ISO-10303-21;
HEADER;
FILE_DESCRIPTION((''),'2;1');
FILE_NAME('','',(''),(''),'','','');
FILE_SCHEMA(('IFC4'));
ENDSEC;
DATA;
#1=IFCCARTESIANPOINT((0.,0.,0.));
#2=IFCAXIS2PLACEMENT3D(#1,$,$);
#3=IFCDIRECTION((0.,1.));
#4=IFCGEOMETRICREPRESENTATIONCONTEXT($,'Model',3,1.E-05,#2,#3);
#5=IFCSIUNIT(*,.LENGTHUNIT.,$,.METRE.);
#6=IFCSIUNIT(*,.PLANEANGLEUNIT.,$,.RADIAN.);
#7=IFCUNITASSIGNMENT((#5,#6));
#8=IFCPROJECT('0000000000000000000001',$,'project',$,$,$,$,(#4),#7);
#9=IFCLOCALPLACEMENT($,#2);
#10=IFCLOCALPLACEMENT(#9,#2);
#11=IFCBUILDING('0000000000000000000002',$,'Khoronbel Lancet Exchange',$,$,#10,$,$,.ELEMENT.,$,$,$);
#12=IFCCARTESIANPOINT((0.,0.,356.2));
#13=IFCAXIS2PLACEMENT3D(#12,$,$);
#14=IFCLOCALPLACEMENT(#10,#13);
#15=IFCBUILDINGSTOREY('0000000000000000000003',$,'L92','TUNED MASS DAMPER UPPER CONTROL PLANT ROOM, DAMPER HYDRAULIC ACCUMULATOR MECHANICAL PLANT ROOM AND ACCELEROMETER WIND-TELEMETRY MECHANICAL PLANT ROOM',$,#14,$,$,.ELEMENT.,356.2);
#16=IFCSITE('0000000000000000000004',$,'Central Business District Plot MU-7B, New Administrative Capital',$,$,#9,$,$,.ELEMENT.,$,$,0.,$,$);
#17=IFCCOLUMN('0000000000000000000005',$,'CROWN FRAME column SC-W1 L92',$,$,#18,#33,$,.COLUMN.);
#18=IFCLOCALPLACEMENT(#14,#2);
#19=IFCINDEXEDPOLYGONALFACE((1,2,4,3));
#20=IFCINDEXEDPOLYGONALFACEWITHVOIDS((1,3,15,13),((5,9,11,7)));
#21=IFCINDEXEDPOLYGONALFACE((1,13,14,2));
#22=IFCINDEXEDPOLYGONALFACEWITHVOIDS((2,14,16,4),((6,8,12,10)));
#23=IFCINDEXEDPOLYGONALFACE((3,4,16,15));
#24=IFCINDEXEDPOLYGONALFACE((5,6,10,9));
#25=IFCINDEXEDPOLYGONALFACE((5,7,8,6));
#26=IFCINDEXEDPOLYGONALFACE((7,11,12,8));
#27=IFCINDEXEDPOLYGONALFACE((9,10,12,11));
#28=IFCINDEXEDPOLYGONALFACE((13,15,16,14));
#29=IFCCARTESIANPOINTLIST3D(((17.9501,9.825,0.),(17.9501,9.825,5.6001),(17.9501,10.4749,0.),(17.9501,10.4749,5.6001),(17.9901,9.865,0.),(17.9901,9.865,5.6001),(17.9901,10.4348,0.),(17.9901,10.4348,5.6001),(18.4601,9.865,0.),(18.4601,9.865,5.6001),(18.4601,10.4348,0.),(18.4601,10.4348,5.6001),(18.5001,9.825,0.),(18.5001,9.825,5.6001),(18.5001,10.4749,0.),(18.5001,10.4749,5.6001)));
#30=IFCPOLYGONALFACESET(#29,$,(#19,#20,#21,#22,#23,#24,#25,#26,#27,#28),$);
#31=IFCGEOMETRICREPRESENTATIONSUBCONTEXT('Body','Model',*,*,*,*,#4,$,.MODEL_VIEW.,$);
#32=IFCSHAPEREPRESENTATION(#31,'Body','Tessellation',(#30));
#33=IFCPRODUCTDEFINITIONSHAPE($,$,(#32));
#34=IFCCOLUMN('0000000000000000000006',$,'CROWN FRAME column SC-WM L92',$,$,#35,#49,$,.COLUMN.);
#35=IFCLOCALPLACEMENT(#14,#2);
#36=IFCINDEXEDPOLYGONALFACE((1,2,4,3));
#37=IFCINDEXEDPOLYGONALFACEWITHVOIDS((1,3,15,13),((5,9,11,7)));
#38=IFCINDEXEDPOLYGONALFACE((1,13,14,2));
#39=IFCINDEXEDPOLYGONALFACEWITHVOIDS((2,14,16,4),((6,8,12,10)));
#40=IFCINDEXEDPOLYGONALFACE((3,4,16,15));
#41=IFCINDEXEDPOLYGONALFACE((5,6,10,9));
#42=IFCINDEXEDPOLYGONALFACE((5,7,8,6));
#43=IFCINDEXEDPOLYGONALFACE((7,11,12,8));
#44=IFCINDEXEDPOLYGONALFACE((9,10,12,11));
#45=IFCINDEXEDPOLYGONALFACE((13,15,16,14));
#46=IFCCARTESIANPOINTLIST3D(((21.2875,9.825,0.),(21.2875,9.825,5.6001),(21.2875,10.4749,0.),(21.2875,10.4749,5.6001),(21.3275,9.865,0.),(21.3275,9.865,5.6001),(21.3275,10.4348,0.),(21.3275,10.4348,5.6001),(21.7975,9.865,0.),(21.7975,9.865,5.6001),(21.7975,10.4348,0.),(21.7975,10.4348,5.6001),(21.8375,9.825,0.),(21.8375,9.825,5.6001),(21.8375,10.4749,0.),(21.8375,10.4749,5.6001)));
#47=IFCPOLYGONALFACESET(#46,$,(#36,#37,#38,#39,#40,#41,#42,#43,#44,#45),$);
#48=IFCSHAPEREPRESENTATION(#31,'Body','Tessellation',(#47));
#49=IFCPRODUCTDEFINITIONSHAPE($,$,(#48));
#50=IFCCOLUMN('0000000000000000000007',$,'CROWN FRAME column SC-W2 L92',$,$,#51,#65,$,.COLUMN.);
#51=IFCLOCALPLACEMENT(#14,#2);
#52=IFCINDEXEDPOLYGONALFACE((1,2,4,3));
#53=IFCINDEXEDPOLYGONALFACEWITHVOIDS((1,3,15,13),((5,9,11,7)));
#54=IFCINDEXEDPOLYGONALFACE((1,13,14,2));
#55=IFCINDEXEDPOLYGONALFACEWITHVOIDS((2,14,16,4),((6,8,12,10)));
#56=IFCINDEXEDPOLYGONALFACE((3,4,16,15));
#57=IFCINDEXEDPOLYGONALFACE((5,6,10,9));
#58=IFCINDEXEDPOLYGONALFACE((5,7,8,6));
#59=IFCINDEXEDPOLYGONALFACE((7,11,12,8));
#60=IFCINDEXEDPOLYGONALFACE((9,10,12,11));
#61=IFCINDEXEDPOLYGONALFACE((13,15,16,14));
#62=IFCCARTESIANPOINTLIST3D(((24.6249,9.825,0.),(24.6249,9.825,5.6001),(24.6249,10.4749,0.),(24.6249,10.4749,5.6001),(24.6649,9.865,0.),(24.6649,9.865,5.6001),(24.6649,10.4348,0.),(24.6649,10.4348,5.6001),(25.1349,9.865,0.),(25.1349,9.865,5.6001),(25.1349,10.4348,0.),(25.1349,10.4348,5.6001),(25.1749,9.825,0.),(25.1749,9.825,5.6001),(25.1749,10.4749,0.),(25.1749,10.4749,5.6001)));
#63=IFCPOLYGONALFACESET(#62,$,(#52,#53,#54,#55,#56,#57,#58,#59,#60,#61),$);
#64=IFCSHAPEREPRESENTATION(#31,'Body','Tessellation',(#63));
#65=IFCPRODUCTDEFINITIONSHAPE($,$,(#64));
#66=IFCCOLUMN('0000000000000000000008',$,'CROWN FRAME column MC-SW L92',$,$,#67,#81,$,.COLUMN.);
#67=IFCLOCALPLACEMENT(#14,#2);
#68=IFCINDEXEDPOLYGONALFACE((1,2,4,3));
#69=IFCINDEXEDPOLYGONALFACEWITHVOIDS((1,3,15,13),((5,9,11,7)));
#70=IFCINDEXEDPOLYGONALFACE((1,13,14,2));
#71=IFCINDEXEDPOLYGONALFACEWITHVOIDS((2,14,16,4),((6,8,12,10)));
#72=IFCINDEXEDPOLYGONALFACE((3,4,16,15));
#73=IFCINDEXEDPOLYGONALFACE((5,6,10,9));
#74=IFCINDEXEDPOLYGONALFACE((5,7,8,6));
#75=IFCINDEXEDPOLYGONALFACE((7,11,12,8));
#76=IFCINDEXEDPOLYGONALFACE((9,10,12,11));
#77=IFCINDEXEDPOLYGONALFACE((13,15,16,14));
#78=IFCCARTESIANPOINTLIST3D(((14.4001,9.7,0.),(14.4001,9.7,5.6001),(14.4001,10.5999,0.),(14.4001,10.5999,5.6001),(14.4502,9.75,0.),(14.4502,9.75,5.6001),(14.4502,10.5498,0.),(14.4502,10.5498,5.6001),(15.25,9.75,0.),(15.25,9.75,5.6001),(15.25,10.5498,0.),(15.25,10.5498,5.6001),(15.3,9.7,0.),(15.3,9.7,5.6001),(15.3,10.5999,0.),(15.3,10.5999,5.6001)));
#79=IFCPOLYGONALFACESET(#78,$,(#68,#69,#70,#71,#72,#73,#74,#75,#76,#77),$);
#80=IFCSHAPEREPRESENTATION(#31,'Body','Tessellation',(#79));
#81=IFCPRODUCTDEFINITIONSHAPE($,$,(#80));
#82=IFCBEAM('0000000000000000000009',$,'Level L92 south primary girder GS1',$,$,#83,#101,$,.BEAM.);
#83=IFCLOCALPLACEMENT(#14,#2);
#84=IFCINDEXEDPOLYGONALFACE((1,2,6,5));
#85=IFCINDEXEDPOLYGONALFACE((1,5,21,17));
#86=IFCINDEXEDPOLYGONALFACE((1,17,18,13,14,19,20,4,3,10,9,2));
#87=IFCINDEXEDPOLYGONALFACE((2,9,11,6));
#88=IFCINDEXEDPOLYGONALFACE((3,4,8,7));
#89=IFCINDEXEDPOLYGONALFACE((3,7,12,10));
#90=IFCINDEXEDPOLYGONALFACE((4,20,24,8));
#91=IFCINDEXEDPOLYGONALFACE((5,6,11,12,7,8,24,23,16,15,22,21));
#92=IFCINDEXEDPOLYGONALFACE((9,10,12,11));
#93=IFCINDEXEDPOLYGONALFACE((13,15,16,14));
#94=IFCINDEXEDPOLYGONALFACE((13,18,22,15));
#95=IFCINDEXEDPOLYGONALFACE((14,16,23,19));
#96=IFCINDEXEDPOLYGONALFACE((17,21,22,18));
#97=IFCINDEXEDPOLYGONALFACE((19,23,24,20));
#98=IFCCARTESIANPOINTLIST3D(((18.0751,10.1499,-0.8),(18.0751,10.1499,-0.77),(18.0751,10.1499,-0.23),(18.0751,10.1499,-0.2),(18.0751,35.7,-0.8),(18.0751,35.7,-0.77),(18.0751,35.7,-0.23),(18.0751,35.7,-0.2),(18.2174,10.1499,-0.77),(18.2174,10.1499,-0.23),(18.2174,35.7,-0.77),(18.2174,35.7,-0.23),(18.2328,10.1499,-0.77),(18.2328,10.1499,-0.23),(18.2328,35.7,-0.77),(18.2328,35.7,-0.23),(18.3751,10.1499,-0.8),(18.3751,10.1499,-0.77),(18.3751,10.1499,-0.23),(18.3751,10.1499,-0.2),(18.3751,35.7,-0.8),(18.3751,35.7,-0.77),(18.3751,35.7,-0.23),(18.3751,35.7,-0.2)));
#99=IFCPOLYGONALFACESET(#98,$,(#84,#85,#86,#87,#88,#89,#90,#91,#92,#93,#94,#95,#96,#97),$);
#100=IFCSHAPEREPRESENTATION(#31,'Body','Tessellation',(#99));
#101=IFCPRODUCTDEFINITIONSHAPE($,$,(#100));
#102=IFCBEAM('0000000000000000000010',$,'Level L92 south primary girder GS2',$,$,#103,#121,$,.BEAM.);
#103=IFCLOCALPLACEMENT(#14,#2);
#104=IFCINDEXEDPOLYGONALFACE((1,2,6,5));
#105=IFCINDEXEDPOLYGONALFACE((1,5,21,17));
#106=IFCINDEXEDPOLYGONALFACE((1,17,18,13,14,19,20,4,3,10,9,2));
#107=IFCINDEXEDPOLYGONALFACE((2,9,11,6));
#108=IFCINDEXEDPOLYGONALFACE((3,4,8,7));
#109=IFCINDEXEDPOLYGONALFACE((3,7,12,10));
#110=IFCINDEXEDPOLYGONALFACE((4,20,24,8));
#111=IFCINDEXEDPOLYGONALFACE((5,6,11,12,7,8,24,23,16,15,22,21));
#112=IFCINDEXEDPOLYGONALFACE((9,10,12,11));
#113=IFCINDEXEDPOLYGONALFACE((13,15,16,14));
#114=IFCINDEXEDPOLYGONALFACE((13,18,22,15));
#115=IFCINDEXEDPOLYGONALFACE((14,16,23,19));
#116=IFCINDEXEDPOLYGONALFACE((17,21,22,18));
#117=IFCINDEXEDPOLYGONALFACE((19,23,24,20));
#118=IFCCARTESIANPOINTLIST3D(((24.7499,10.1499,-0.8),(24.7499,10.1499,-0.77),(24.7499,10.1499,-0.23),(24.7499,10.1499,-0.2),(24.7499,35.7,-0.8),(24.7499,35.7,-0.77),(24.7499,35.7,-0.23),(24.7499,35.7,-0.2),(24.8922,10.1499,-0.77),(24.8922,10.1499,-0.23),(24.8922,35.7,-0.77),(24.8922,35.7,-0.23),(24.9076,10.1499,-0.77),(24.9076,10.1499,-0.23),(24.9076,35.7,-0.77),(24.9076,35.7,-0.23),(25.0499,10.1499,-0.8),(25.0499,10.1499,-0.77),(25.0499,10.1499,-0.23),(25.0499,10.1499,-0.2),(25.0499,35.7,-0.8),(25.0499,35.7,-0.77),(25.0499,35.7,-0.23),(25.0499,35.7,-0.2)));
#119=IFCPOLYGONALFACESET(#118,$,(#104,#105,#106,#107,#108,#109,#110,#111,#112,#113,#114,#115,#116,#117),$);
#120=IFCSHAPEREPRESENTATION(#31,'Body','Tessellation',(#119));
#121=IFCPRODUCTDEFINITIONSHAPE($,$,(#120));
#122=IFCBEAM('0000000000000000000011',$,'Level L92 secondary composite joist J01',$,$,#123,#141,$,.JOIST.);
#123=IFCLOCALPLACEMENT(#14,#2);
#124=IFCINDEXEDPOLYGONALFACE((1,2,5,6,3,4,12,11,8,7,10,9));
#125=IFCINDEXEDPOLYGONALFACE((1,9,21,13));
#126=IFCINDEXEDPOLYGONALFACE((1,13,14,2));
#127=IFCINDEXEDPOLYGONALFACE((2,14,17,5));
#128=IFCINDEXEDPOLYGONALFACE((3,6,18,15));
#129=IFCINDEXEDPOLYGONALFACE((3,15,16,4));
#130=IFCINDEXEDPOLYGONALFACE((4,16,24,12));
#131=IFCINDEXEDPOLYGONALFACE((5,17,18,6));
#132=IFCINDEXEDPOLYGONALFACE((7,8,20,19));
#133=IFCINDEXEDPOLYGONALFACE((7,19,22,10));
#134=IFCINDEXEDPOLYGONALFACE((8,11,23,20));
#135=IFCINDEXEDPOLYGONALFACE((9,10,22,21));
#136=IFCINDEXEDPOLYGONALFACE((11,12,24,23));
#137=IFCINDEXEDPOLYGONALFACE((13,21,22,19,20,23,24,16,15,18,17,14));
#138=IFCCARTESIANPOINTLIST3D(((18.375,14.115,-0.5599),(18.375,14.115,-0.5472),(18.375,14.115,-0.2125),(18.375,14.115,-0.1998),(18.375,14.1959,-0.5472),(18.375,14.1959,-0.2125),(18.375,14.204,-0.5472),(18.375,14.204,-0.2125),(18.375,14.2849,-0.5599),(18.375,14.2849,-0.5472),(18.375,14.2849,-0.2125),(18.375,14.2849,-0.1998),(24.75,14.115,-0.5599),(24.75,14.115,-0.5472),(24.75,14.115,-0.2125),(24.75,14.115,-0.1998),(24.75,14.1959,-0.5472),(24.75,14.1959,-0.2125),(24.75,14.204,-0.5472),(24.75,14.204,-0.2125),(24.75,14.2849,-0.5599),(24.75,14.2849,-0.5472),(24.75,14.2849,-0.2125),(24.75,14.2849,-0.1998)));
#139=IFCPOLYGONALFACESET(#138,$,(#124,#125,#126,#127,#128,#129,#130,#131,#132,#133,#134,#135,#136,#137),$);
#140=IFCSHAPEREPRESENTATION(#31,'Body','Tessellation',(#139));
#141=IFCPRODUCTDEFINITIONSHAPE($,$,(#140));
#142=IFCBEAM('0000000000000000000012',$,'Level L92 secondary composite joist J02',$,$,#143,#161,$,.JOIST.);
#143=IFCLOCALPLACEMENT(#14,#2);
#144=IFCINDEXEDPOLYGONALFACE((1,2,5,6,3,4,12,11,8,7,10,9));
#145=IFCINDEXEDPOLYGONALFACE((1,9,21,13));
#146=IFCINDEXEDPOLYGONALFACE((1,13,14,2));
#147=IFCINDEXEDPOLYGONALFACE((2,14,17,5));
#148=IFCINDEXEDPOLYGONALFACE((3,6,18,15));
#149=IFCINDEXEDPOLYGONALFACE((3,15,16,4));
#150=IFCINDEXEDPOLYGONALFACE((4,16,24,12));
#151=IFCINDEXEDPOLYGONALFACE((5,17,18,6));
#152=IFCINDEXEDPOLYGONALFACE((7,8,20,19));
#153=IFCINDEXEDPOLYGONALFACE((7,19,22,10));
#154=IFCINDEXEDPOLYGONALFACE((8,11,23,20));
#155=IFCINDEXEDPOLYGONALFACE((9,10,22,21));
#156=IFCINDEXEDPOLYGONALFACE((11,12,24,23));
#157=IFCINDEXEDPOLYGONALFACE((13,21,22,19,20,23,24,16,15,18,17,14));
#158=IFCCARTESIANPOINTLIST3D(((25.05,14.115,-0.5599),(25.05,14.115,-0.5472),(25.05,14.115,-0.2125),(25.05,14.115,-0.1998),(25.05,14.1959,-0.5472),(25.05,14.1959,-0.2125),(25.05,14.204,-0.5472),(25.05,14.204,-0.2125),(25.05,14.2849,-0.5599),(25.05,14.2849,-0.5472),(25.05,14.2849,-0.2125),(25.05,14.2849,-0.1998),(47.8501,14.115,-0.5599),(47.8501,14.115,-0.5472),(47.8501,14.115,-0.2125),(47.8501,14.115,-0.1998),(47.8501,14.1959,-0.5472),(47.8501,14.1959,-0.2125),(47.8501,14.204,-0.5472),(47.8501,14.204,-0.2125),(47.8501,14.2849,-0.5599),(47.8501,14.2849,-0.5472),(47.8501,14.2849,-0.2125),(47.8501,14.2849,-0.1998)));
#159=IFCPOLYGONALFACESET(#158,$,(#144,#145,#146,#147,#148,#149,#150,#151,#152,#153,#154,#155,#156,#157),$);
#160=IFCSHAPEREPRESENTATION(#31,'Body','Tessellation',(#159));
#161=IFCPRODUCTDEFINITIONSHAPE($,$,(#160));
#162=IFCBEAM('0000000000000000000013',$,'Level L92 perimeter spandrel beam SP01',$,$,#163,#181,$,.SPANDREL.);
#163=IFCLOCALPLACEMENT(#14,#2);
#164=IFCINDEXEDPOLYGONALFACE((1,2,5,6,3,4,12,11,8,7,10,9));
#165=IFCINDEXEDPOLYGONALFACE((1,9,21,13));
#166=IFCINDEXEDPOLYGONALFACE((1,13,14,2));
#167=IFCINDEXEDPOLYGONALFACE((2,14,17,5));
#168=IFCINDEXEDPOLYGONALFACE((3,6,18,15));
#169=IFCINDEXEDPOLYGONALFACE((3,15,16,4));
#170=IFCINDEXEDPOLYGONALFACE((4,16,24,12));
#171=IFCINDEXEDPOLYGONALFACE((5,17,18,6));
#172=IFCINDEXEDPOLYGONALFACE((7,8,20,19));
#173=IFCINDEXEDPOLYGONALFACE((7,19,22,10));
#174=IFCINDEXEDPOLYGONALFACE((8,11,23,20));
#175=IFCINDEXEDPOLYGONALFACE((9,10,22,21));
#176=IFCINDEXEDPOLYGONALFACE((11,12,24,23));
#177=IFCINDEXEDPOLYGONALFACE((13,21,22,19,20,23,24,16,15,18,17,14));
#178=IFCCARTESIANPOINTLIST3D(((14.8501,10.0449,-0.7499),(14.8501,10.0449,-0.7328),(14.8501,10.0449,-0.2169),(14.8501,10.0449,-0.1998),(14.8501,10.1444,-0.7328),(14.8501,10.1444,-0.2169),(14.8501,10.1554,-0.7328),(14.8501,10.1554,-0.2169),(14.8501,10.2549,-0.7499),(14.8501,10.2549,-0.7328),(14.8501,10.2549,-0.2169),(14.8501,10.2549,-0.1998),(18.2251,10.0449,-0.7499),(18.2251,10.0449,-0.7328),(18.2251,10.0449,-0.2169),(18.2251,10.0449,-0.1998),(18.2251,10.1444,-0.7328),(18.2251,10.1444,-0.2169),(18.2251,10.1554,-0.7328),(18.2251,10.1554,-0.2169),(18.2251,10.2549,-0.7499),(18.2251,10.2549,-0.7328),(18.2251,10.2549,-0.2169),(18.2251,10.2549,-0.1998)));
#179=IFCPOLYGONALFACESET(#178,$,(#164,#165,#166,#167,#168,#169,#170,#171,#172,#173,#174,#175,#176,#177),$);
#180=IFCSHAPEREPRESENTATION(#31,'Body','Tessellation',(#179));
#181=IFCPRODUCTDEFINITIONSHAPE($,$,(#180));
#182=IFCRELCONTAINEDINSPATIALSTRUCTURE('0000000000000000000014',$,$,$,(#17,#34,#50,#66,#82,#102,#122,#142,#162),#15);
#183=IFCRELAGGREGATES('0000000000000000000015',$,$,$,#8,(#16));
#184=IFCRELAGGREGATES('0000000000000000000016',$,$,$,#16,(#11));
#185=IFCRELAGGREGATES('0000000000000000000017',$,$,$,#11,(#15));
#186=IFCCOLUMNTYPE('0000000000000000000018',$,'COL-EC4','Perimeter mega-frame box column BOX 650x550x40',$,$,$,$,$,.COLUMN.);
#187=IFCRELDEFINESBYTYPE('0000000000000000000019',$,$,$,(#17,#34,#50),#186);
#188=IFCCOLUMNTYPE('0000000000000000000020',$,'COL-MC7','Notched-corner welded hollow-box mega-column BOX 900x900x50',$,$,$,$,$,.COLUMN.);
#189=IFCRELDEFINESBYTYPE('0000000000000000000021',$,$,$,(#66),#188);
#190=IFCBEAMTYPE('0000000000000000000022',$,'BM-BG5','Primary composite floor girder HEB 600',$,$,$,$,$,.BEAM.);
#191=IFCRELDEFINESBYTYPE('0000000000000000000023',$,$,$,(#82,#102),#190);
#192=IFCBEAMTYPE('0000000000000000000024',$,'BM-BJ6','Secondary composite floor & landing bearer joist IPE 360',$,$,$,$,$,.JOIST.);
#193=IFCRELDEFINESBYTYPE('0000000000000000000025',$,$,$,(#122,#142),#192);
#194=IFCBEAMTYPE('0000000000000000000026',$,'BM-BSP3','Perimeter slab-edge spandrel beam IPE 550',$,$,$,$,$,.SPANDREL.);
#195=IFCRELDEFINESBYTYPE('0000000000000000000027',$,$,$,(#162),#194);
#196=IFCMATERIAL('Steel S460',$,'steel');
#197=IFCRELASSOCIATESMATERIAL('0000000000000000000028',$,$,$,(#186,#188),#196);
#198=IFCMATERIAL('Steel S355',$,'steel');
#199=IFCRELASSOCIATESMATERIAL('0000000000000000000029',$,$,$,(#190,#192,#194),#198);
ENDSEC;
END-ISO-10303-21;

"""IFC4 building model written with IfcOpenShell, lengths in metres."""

from ifc_helpers import new_model, si_unit, direction, frame, origin, origin_2d, place, context, subcontext, project, spatial, hollow_rectangle, i_section, extrude, material, material_profile, profile_set, type_object, element, save


model = new_model("IFC4")

# Units and contexts
model_context = context("Model", 3, precision=1e-05, world=origin(), true_north=direction((0.0, 1.0)))
body_context = subcontext(model_context, "Body", "Model", "MODEL_VIEW")
ifc_project = project(units=[si_unit("LENGTHUNIT", "METRE"), si_unit("PLANEANGLEUNIT", "RADIAN")], contexts=[model_context])

# Site, building, storey
site_placement = place(None, origin())
site = spatial("IfcSite", under=ifc_project, at=site_placement, Name="Central Business District Plot MU-7B, New Administrative Capital", CompositionType="ELEMENT", RefElevation=0.0)
building_placement = place(site_placement, origin())
building = spatial("IfcBuilding", under=site, at=building_placement, Name="Khoronbel Lancet Exchange", CompositionType="ELEMENT")
storey_placement = place(building_placement, frame((0.0, 0.0, 356.2)))
storey = spatial("IfcBuildingStorey", under=building, at=storey_placement, Name="L92", Description="TUNED MASS DAMPER UPPER CONTROL PLANT ROOM, DAMPER HYDRAULIC ACCUMULATOR MECHANICAL PLANT ROOM AND ACCELEROMETER WIND-TELEMETRY MECHANICAL PLANT ROOM", CompositionType="ELEMENT", Elevation=356.2)

# Columns
ifc_material_1 = material(Name="Steel S460", Category="steel")
ifc_material_profile_1 = material_profile(ifc_material_1, hollow_rectangle(XDim=0.55, YDim=0.6499, WallThickness=0.04, at=origin_2d()), Name="BOX 650x550x40")
ifc_profile_set_1 = profile_set([ifc_material_profile_1], Name="Steel S460")
column_type_1 = type_object("IfcColumnType", Name="COL-EC4", Description="Perimeter mega-frame box column BOX 650x550x40", PredefinedType="COLUMN", material=ifc_profile_set_1)
for number, where, z_axis, x_axis, name in (
    (1, (18.2251, 10.1499, 0.0), (0.0, 0.0, 1.0), (1.0, 0.0, 0.0), "CROWN FRAME column SC-W1 L92"),
    (2, (21.5625, 10.1499, 0.0), (0.0, 0.0, 1.0), (1.0, 0.0, 0.0), "CROWN FRAME column SC-WM L92"),
    (3, (24.8999, 10.1499, 0.0), (0.0, 0.0, 1.0), (1.0, 0.0, 0.0), "CROWN FRAME column SC-W2 L92"),
):
    element("IfcColumn", number, at=place(storey_placement, frame(where, z_axis=z_axis, x_axis=x_axis)), inside=storey, type_object=column_type_1, Name=name, PredefinedType="COLUMN", context=body_context, shape_type="SweptSolid", body=[
        extrude(hollow_rectangle(XDim=0.55, YDim=0.6499, WallThickness=0.04, at=origin_2d()), origin(), (0.0, 0.0, 1.0), 5.6001),
    ])
ifc_material_profile_2 = material_profile(ifc_material_1, hollow_rectangle(XDim=0.8999, YDim=0.8999, WallThickness=0.05, at=origin_2d()), Name="BOX 900x900x50")
ifc_profile_set_2 = profile_set([ifc_material_profile_2], Name="Steel S460")
column_type_2 = type_object("IfcColumnType", Name="COL-MC7", Description="Notched-corner welded hollow-box mega-column BOX 900x900x50", PredefinedType="COLUMN", material=ifc_profile_set_2)
column_placement = place(storey_placement, frame((14.8501, 10.1499, 0.0), z_axis=(0.0, 0.0, 1.0), x_axis=(1.0, 0.0, 0.0)))
element("IfcColumn", 4, at=column_placement, inside=storey, type_object=column_type_2, Name="CROWN FRAME column MC-SW L92", PredefinedType="COLUMN", context=body_context, shape_type="SweptSolid", body=[
    extrude(hollow_rectangle(XDim=0.8999, YDim=0.8999, WallThickness=0.05, at=origin_2d()), origin(), (0.0, 0.0, 1.0), 5.6001),
])

# Beams
ifc_material_2 = material(Name="Steel S355", Category="steel")
ifc_material_profile_3 = material_profile(ifc_material_2, i_section(OverallWidth=0.3, OverallDepth=0.6001, WebThickness=0.0154, FlangeThickness=0.03, at=origin_2d()), Name="HEB 600")
ifc_profile_set_3 = profile_set([ifc_material_profile_3], Name="Steel S355")
beam_type_1 = type_object("IfcBeamType", Name="BM-BG5", Description="Primary composite floor girder HEB 600", PredefinedType="BEAM", material=ifc_profile_set_3)
for number, where, z_axis, x_axis, name in (
    (5, (18.2251, 10.1499, -0.5), (0.0, 1.0, 0.0), (-1.0, 0.0, 0.0), "Level L92 south primary girder GS1"),
    (6, (24.8999, 10.1499, -0.5), (0.0, 1.0, 0.0), (-1.0, 0.0, 0.0), "Level L92 south primary girder GS2"),
):
    element("IfcBeam", number, at=place(storey_placement, frame(where, z_axis=z_axis, x_axis=x_axis)), inside=storey, type_object=beam_type_1, Name=name, PredefinedType="BEAM", context=body_context, shape_type="SweptSolid", body=[
        extrude(i_section(OverallWidth=0.3, OverallDepth=0.6001, WebThickness=0.0154, FlangeThickness=0.03, at=origin_2d()), origin(), (0.0, 0.0, 1.0), 25.55),
    ])
ifc_material_profile_4 = material_profile(ifc_material_2, i_section(OverallWidth=0.1699, OverallDepth=0.3601, WebThickness=0.0081, FlangeThickness=0.0127, at=origin_2d()), Name="IPE 360")
ifc_profile_set_4 = profile_set([ifc_material_profile_4], Name="Steel S355")
beam_type_2 = type_object("IfcBeamType", Name="BM-BJ6", Description="Secondary composite floor & landing bearer joist IPE 360", PredefinedType="JOIST", material=ifc_profile_set_4)
beam_1_placement = place(storey_placement, frame((18.375, 14.2, -0.3799), z_axis=(1.0, 0.0, 0.0), x_axis=(0.0, 1.0, 0.0)))
element("IfcBeam", 7, at=beam_1_placement, inside=storey, type_object=beam_type_2, Name="Level L92 secondary composite joist J01", PredefinedType="JOIST", context=body_context, shape_type="SweptSolid", body=[
    extrude(i_section(OverallWidth=0.1699, OverallDepth=0.3601, WebThickness=0.0081, FlangeThickness=0.0127, at=origin_2d()), origin(), (0.0, 0.0, 1.0), 6.375),
])
beam_2_placement = place(storey_placement, frame((25.05, 14.2, -0.3799), z_axis=(1.0, 0.0, 0.0), x_axis=(0.0, 1.0, 0.0)))
element("IfcBeam", 8, at=beam_2_placement, inside=storey, type_object=beam_type_2, Name="Level L92 secondary composite joist J02", PredefinedType="JOIST", context=body_context, shape_type="SweptSolid", body=[
    extrude(i_section(OverallWidth=0.1699, OverallDepth=0.3601, WebThickness=0.0081, FlangeThickness=0.0127, at=origin_2d()), origin(), (0.0, 0.0, 1.0), 22.8),
])
ifc_material_profile_5 = material_profile(ifc_material_2, i_section(OverallWidth=0.21, OverallDepth=0.55, WebThickness=0.011, FlangeThickness=0.0171, at=origin_2d()), Name="IPE 550")
ifc_profile_set_5 = profile_set([ifc_material_profile_5], Name="Steel S355")
beam_type_3 = type_object("IfcBeamType", Name="BM-BSP3", Description="Perimeter slab-edge spandrel beam IPE 550", PredefinedType="SPANDREL", material=ifc_profile_set_5)
beam_3_placement = place(storey_placement, frame((14.8501, 10.1499, -0.4749), z_axis=(1.0, 0.0, 0.0), x_axis=(0.0, 1.0, 0.0)))
element("IfcBeam", 9, at=beam_3_placement, inside=storey, type_object=beam_type_3, Name="Level L92 perimeter spandrel beam SP01", PredefinedType="SPANDREL", context=body_context, shape_type="SweptSolid", body=[
    extrude(i_section(OverallWidth=0.21, OverallDepth=0.55, WebThickness=0.011, FlangeThickness=0.0171, at=origin_2d()), origin(), (0.0, 0.0, 1.0), 3.375),
])

save(model, "model.ifc")
